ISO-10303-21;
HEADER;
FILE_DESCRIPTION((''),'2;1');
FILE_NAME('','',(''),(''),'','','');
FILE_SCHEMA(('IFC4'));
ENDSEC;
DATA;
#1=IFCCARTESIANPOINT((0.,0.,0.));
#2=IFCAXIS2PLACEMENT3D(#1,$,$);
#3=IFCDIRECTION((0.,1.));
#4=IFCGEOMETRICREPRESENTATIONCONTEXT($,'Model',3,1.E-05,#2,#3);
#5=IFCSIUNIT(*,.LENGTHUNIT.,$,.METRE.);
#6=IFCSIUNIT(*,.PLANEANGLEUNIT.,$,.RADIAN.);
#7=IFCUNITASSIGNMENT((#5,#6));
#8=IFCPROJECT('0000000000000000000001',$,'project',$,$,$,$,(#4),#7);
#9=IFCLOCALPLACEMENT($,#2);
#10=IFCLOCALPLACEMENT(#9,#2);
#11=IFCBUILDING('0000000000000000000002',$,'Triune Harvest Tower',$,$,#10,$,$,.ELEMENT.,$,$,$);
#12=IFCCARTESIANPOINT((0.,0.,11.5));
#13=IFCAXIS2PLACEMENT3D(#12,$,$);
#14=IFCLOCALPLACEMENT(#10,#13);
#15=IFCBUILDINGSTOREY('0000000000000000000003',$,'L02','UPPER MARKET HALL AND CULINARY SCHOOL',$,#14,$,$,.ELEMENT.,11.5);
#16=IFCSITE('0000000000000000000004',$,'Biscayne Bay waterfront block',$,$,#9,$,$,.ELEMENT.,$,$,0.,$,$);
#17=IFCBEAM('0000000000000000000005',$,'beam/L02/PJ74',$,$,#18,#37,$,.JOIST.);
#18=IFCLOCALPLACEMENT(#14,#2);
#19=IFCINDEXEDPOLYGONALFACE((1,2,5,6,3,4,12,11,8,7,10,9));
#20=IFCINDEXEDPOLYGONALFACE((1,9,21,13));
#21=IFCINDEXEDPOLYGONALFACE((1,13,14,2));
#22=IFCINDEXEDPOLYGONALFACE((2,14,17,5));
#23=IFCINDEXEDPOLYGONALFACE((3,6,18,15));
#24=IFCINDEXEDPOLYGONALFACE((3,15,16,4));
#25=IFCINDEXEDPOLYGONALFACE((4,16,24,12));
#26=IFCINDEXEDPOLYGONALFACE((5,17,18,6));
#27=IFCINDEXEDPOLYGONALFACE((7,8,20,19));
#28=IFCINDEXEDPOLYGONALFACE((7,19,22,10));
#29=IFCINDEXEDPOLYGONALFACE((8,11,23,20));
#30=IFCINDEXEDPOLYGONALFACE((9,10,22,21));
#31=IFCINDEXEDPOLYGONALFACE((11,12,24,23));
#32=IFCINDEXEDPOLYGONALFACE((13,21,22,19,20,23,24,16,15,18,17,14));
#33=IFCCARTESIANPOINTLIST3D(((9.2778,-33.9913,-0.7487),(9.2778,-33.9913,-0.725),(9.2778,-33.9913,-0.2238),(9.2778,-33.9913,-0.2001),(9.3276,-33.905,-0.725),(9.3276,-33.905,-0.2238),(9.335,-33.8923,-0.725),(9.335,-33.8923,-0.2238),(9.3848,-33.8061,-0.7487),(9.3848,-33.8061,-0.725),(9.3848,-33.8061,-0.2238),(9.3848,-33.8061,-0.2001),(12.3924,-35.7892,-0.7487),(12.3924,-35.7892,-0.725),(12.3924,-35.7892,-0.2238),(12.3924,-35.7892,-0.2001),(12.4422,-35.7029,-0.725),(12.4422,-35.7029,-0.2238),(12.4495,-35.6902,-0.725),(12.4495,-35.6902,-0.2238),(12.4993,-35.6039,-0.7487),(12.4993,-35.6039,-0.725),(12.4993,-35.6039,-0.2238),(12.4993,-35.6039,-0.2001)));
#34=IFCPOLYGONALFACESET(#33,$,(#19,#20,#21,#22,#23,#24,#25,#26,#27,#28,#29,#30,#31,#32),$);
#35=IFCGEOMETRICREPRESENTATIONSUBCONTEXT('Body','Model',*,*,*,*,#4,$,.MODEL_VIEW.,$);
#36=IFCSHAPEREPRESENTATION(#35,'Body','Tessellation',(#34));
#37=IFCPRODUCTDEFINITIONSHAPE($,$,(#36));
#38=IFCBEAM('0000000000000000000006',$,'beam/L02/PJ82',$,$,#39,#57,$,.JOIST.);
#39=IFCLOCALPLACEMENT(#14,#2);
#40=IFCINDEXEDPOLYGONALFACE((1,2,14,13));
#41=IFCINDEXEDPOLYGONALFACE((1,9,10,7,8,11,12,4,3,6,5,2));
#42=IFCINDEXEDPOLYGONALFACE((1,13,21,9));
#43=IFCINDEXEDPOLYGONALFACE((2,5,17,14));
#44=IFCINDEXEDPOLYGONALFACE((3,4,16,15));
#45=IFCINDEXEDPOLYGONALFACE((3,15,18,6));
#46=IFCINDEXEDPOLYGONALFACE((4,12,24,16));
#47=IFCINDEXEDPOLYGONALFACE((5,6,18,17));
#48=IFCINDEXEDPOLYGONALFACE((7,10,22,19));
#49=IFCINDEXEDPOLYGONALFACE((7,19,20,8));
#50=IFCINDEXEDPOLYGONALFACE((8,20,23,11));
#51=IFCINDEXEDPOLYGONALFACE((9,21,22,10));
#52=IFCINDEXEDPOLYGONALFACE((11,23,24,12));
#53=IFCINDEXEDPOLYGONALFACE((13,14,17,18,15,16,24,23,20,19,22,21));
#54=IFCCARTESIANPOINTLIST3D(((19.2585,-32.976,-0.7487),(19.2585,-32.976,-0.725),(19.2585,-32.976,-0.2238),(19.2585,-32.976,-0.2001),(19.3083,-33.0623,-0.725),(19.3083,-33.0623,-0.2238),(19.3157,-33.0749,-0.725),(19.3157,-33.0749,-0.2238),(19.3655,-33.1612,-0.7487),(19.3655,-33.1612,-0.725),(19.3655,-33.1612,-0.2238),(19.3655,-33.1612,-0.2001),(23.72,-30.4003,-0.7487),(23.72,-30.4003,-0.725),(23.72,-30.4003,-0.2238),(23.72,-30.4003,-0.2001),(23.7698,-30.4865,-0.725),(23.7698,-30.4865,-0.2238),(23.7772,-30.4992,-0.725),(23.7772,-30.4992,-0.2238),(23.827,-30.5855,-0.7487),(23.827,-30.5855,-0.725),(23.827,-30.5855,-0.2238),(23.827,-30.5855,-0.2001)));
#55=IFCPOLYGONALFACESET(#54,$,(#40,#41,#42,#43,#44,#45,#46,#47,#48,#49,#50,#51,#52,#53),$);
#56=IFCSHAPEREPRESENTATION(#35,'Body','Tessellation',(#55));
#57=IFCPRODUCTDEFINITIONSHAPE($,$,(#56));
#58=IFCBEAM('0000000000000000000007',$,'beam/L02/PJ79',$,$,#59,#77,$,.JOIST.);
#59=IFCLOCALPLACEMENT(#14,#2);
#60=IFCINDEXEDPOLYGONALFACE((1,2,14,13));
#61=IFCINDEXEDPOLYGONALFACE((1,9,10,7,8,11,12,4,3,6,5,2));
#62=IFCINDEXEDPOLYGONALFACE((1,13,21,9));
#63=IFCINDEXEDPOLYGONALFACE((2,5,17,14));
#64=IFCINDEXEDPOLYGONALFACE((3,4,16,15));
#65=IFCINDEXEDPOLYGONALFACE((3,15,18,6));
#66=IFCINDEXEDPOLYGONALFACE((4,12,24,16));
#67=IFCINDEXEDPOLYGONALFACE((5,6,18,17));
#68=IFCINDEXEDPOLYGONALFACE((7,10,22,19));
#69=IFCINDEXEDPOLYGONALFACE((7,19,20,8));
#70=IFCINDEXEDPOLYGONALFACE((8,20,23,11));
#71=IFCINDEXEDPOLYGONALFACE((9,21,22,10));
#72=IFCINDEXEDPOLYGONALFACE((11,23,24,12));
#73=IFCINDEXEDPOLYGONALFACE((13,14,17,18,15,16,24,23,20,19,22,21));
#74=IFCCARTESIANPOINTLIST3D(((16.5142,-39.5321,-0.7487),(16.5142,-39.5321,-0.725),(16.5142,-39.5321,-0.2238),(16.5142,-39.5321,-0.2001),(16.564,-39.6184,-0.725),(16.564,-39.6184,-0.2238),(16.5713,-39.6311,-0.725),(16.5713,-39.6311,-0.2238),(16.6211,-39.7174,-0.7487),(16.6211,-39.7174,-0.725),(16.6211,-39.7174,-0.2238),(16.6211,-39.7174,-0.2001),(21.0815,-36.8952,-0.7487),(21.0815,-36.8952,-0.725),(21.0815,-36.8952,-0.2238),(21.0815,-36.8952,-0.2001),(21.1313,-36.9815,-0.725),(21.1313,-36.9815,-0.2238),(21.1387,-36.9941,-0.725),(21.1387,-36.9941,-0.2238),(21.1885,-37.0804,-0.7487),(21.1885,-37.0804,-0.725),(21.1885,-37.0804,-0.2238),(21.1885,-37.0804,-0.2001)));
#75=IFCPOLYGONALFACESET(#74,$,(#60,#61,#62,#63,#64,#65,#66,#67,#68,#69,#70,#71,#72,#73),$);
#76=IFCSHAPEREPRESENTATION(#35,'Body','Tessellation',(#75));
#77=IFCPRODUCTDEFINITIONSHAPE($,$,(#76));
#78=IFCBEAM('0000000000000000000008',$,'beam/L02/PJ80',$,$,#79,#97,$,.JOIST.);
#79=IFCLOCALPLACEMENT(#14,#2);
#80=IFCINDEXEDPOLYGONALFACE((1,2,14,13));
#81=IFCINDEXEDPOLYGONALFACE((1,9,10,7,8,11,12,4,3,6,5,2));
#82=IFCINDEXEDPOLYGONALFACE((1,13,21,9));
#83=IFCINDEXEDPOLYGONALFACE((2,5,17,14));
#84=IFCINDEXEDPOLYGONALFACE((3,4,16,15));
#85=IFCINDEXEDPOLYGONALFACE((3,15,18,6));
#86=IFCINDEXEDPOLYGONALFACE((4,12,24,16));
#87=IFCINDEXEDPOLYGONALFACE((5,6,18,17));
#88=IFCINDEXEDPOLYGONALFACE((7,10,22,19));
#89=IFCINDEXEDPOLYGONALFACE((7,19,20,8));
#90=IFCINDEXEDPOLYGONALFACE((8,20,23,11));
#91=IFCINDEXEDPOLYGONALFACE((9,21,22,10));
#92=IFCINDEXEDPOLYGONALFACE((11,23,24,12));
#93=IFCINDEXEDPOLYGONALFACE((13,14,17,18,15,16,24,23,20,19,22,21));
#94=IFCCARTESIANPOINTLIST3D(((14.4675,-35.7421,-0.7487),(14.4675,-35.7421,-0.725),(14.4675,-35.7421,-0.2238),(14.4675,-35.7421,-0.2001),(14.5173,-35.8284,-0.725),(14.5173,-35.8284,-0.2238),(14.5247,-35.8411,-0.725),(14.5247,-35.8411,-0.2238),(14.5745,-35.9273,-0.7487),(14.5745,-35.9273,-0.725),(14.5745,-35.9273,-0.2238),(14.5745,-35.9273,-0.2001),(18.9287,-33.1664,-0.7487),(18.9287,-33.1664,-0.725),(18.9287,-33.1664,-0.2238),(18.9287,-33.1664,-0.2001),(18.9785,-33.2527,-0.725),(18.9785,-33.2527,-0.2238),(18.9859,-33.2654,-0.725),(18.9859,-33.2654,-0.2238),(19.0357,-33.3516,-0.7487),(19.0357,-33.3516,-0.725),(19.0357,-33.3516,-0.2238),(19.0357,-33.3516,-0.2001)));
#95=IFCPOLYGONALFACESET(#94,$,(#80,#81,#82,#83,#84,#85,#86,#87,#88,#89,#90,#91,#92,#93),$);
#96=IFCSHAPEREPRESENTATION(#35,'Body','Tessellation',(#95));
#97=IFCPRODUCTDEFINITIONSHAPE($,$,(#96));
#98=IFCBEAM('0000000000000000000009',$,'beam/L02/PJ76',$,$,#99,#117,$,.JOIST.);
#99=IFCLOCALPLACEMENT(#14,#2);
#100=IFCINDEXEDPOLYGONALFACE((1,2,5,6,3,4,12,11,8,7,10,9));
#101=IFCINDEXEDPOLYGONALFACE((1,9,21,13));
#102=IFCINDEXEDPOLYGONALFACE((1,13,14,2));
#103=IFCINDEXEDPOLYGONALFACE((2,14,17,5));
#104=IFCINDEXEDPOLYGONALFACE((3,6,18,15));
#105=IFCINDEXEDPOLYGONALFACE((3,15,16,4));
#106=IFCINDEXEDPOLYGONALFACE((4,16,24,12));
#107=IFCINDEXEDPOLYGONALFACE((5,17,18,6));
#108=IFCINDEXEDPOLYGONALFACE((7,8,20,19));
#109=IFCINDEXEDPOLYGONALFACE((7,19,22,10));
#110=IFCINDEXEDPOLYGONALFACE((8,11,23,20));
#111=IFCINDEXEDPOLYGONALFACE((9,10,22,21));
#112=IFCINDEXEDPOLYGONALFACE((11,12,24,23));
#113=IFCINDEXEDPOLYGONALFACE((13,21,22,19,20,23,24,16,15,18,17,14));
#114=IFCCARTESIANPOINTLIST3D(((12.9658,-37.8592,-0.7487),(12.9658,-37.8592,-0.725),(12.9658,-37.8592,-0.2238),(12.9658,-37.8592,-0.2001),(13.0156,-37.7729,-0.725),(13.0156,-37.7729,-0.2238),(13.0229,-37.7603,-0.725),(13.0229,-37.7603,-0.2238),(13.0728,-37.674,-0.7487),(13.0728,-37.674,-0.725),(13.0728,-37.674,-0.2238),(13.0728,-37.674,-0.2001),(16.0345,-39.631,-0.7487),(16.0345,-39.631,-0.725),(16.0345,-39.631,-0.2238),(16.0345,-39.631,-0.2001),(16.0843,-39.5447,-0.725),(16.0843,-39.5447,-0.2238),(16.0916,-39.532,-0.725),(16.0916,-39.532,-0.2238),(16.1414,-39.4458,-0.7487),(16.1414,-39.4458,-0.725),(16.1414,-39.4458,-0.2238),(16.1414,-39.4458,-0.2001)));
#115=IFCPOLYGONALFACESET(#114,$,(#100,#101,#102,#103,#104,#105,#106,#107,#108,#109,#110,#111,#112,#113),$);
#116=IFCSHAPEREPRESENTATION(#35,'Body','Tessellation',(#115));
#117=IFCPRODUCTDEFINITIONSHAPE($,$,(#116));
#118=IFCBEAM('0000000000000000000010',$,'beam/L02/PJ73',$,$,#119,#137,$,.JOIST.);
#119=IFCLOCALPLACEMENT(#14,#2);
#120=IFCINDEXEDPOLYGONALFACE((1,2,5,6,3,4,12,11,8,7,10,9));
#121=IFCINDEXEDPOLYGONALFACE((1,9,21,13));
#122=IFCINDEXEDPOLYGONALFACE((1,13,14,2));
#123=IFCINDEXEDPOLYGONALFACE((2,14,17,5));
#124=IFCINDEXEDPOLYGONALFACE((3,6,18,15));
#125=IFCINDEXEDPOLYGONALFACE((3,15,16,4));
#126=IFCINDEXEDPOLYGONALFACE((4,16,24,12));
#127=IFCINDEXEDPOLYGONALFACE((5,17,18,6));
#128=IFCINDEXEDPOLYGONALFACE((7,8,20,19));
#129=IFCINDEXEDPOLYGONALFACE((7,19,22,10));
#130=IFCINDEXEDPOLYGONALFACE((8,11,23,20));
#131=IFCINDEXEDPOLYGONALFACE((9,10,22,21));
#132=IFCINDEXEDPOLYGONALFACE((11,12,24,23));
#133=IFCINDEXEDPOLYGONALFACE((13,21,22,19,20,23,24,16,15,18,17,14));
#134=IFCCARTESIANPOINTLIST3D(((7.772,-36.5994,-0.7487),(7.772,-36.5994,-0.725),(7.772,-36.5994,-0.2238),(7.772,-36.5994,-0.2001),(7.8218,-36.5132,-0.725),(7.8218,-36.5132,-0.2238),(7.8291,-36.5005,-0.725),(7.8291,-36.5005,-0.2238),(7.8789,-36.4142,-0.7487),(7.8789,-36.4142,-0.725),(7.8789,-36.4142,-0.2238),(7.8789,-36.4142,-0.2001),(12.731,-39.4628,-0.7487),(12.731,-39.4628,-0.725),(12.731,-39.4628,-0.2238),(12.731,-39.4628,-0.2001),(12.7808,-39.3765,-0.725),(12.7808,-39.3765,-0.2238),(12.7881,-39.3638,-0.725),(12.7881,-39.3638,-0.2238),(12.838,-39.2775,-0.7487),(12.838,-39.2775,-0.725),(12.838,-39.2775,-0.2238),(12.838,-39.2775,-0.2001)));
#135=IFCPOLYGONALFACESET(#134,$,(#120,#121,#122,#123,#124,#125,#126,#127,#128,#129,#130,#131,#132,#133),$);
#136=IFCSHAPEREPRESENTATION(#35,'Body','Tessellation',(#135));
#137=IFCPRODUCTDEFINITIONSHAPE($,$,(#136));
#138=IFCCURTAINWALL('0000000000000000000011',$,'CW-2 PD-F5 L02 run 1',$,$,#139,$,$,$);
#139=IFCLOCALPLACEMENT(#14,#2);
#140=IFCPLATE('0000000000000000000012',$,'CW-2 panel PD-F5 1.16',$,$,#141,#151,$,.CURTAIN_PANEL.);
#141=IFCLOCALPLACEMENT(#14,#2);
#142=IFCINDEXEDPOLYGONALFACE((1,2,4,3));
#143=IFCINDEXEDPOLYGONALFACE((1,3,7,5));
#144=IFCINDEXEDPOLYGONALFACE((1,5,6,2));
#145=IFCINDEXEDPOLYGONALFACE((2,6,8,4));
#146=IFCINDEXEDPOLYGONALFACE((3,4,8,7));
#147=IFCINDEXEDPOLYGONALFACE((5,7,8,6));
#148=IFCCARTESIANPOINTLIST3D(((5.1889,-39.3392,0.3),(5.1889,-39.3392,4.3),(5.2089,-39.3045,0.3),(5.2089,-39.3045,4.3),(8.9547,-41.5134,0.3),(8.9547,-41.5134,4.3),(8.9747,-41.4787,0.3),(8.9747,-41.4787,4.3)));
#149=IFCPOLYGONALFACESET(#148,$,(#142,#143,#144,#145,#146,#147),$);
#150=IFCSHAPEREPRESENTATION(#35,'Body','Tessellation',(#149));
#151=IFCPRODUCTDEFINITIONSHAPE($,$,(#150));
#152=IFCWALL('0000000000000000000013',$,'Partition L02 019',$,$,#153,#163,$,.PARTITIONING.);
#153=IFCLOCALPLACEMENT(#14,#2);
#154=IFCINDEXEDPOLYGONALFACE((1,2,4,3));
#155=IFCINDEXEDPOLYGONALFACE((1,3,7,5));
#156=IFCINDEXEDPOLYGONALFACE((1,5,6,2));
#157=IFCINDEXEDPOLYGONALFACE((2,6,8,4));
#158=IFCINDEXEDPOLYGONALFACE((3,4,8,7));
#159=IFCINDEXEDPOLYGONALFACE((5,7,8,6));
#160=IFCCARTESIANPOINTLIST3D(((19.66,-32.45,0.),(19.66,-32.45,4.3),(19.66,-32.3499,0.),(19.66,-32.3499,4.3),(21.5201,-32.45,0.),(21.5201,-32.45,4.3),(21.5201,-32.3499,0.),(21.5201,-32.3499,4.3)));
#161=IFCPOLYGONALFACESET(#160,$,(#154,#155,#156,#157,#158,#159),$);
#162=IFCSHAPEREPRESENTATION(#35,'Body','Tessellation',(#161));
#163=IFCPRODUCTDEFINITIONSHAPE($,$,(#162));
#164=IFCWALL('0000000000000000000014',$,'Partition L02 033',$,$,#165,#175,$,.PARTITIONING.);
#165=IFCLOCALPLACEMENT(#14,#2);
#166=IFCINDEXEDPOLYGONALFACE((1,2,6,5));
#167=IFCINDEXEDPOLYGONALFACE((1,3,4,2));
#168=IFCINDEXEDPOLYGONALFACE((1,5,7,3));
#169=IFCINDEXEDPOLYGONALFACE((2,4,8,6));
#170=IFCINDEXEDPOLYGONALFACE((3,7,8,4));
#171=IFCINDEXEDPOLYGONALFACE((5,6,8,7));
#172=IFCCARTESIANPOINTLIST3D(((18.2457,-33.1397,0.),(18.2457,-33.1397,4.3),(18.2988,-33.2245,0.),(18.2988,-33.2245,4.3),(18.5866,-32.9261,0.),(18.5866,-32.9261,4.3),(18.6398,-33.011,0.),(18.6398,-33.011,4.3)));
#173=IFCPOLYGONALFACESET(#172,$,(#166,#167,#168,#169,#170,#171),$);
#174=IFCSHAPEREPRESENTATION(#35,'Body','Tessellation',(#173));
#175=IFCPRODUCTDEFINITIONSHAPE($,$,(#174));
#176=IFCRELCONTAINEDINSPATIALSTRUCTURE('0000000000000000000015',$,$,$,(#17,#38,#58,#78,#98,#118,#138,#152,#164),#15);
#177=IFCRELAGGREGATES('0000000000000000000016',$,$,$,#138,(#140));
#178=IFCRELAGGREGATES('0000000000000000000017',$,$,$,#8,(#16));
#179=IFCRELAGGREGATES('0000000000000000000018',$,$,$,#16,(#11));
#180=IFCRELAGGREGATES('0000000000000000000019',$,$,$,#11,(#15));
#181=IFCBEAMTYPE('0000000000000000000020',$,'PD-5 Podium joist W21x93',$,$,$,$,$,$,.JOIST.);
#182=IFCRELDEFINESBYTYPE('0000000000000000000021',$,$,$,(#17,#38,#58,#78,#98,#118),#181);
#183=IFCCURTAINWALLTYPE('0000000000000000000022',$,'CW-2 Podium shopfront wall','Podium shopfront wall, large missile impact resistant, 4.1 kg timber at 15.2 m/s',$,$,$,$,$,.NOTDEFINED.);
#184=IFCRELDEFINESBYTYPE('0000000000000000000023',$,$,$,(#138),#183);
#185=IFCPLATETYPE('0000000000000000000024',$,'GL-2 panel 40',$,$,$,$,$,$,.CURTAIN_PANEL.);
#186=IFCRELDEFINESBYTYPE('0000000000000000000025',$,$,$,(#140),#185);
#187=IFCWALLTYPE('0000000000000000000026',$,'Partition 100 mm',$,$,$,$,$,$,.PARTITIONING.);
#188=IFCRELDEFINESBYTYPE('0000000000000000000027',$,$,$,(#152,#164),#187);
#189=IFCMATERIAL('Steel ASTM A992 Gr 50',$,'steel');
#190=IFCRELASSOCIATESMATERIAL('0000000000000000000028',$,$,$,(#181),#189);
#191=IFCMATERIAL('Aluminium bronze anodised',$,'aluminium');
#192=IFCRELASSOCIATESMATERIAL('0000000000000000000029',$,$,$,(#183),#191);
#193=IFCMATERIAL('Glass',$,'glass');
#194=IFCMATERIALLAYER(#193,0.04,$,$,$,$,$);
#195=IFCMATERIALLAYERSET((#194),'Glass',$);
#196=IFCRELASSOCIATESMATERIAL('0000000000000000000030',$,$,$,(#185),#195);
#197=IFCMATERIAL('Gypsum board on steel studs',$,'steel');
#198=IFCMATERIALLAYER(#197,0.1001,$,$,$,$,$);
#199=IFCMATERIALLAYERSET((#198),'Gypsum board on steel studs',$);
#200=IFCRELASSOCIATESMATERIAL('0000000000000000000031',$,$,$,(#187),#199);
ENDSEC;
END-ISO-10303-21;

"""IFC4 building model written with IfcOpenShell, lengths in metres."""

from ifc_helpers import new_model, si_unit, direction, frame, frame_2d, origin, origin_2d, place, context, subcontext, project, spatial, rectangle, i_section, extrude, source, transform, mapped, material, layer, layer_set, material_profile, profile_set, type_object, element, aggregate, save


model = new_model("IFC4")

# Units and contexts
model_context = context("Model", 3, precision=1e-05, world=origin(), true_north=direction((0.0, 1.0)))
body_context = subcontext(model_context, "Body", "Model", "MODEL_VIEW")
ifc_project = project(units=[si_unit("LENGTHUNIT", "METRE"), si_unit("PLANEANGLEUNIT", "RADIAN")], contexts=[model_context])

# Site, building, storey
site_placement = place(None, origin())
site = spatial("IfcSite", under=ifc_project, at=site_placement, Name="Biscayne Bay waterfront block", CompositionType="ELEMENT", RefElevation=0.0)
building_placement = place(site_placement, origin())
building = spatial("IfcBuilding", under=site, at=building_placement, Name="Triune Harvest Tower", CompositionType="ELEMENT")
storey_placement = place(building_placement, frame((0.0, 0.0, 11.5)))
storey = spatial("IfcBuildingStorey", under=building, at=storey_placement, Name="L02", Description="UPPER MARKET HALL AND CULINARY SCHOOL", CompositionType="ELEMENT", Elevation=11.5)

# Beams
ifc_material_1 = material(Name="Steel ASTM A992 Gr 50", Category="steel")
ifc_material_profile_1 = material_profile(ifc_material_1, i_section(OverallWidth=0.2139, OverallDepth=0.5486, WebThickness=0.0146, FlangeThickness=0.0237, at=origin_2d()), Name="W21x93")
ifc_profile_set_1 = profile_set([ifc_material_profile_1], Name="Steel ASTM A992 Gr 50")
beam_type_1 = type_object("IfcBeamType", Name="PD-5 Podium joist W21x93", PredefinedType="JOIST", material=ifc_profile_set_1)
shared_shape_1 = source(origin(), body_context, "Body", "SweptSolid", [
    extrude(i_section(OverallWidth=0.2139, OverallDepth=0.5486, WebThickness=0.0146, FlangeThickness=0.0237, at=origin_2d()), origin(), (0.0, 0.0, 1.0), 3.5962),
])
beam_1_placement = place(storey_placement, frame((9.3313, -33.8987, -0.4744), z_axis=(0.866062, -0.499936, 0.0), x_axis=(0.499936, 0.866062, 0.0)))
element("IfcBeam", 1, at=beam_1_placement, inside=storey, type_object=beam_type_1, Name="beam/L02/PJ74", PredefinedType="JOIST", context=body_context, shape_type="MappedRepresentation", body=[
    mapped(shared_shape_1, transform((0.0, 0.0, 0.0), scale=1.0)),
])
shared_shape_2 = source(origin(), body_context, "Body", "SweptSolid", [
    extrude(i_section(OverallWidth=0.2139, OverallDepth=0.5486, WebThickness=0.0146, FlangeThickness=0.0237, at=origin_2d()), origin(), (0.0, 0.0, 1.0), 5.1516),
])
beam_2_placement = place(storey_placement, frame((19.312, -33.0686, -0.4744), z_axis=(0.866036, 0.499982, 0.0), x_axis=(-0.499982, 0.866036, 0.0)))
element("IfcBeam", 2, at=beam_2_placement, inside=storey, type_object=beam_type_1, Name="beam/L02/PJ82", PredefinedType="JOIST", context=body_context, shape_type="MappedRepresentation", body=[
    mapped(shared_shape_2, transform((0.0, 0.0, 0.0), scale=1.0)),
])
shared_shape_3 = source(origin(), body_context, "Body", "SweptSolid", [
    extrude(i_section(OverallWidth=0.2139, OverallDepth=0.5486, WebThickness=0.0146, FlangeThickness=0.0237, at=origin_2d()), origin(), (0.0, 0.0, 1.0), 5.2739),
])
beam_3_placement = place(storey_placement, frame((16.5676, -39.6248, -0.4744), z_axis=(0.866027, 0.499998, 0.0), x_axis=(-0.499998, 0.866027, 0.0)))
element("IfcBeam", 3, at=beam_3_placement, inside=storey, type_object=beam_type_1, Name="beam/L02/PJ79", PredefinedType="JOIST", context=body_context, shape_type="MappedRepresentation", body=[
    mapped(shared_shape_3, transform((0.0, 0.0, 0.0), scale=1.0)),
])
shared_shape_4 = source(origin(), body_context, "Body", "SweptSolid", [
    extrude(i_section(OverallWidth=0.2139, OverallDepth=0.5486, WebThickness=0.0146, FlangeThickness=0.0237, at=origin_2d()), origin(), (0.0, 0.0, 1.0), 5.1514),
])
beam_4_placement = place(storey_placement, frame((14.521, -35.8347, -0.4744), z_axis=(0.866024, 0.500003, 0.0), x_axis=(-0.500003, 0.866024, 0.0)))
element("IfcBeam", 4, at=beam_4_placement, inside=storey, type_object=beam_type_1, Name="beam/L02/PJ80", PredefinedType="JOIST", context=body_context, shape_type="MappedRepresentation", body=[
    mapped(shared_shape_4, transform((0.0, 0.0, 0.0), scale=1.0)),
])
shared_shape_5 = source(origin(), body_context, "Body", "SweptSolid", [
    extrude(i_section(OverallWidth=0.2139, OverallDepth=0.5486, WebThickness=0.0146, FlangeThickness=0.0237, at=origin_2d()), origin(), (0.0, 0.0, 1.0), 3.5435),
])
beam_5_placement = place(storey_placement, frame((13.0193, -37.7666, -0.4744), z_axis=(0.866017, -0.500015, 0.0), x_axis=(0.500015, 0.866017, 0.0)))
element("IfcBeam", 5, at=beam_5_placement, inside=storey, type_object=beam_type_1, Name="beam/L02/PJ76", PredefinedType="JOIST", context=body_context, shape_type="MappedRepresentation", body=[
    mapped(shared_shape_5, transform((0.0, 0.0, 0.0), scale=1.0)),
])
shared_shape_6 = source(origin(), body_context, "Body", "SweptSolid", [
    extrude(i_section(OverallWidth=0.2139, OverallDepth=0.5486, WebThickness=0.0146, FlangeThickness=0.0237, at=origin_2d()), origin(), (0.0, 0.0, 1.0), 5.7263),
])
beam_6_placement = place(storey_placement, frame((7.8254, -36.5068, -0.4744), z_axis=(0.86601, -0.500028, 0.0), x_axis=(0.500028, 0.86601, 0.0)))
element("IfcBeam", 6, at=beam_6_placement, inside=storey, type_object=beam_type_1, Name="beam/L02/PJ73", PredefinedType="JOIST", context=body_context, shape_type="MappedRepresentation", body=[
    mapped(shared_shape_6, transform((0.0, 0.0, 0.0), scale=1.0)),
])

# Curtain wall, plate
ifc_material_2 = material(Name="Aluminium bronze anodised", Category="aluminium")
curtain_wall_type = type_object("IfcCurtainWallType", Name="CW-2 Podium shopfront wall", Description="Podium shopfront wall, large missile impact resistant, 4.1 kg timber at 15.2 m/s", PredefinedType="NOTDEFINED", material=ifc_material_2)
curtain_wall_placement = place(storey_placement, origin())
curtain_wall = element("IfcCurtainWall", 7, at=curtain_wall_placement, inside=storey, type_object=curtain_wall_type, Name="CW-2 PD-F5 L02 run 1")
ifc_material_3 = material(Name="Glass", Category="glass")
ifc_layer_1 = layer(ifc_material_3, 0.04)
ifc_layer_set_1 = layer_set([ifc_layer_1], Name="Glass")
plate_type = type_object("IfcPlateType", Name="GL-2 panel 40", PredefinedType="CURTAIN_PANEL", material=ifc_layer_set_1)
shared_shape_7 = source(origin(), body_context, "Body", "SweptSolid", [
    extrude(rectangle(XDim=4.3484, YDim=0.04, at=origin_2d()), origin(), (0.0, 0.0, 1.0), 4.0),
])
plate_placement = place(storey_placement, frame((7.0818, -40.4089, 0.3), z_axis=(0.0, 0.0, 1.0), x_axis=(0.866025, -0.5, 0.0)))
plate = element("IfcPlate", 8, at=plate_placement, type_object=plate_type, Name="CW-2 panel PD-F5 1.16", PredefinedType="CURTAIN_PANEL", context=body_context, shape_type="MappedRepresentation", body=[
    mapped(shared_shape_7, transform((0.0, 0.0, 0.0), scale=1.0)),
])
aggregate(curtain_wall, [plate])

# Walls
ifc_material_4 = material(Name="Gypsum board on steel studs", Category="steel")
ifc_layer_2 = layer(ifc_material_4, 0.1001)
ifc_layer_set_2 = layer_set([ifc_layer_2], Name="Gypsum board on steel studs")
wall_type = type_object("IfcWallType", Name="Partition 100 mm", PredefinedType="PARTITIONING", material=ifc_layer_set_2)
wall_1_placement = place(storey_placement, frame((19.6599, -32.3999, 0.0), z_axis=(0.0, 0.0, 1.0), x_axis=(1.0, 0.0, 0.0)))
element("IfcWall", 9, at=wall_1_placement, inside=storey, type_object=wall_type, Name="Partition L02 019", PredefinedType="PARTITIONING", context=body_context, shape_type="SweptSolid", body=[
    extrude(rectangle(XDim=1.8601, YDim=0.1001, at=frame_2d((0.9302, 0.0))), origin(), (0.0, 0.0, 1.0), 4.3),
])
wall_2_placement = place(storey_placement, frame((18.2722, -33.1821, 0.0), z_axis=(0.0, 0.0, 1.0), x_axis=(0.847487, 0.530817, 0.0)))
element("IfcWall", 10, at=wall_2_placement, inside=storey, type_object=wall_type, Name="Partition L02 033", PredefinedType="PARTITIONING", context=body_context, shape_type="SweptSolid", body=[
    extrude(rectangle(XDim=0.4023, YDim=0.1001, at=frame_2d((0.2012, 0.0))), origin(), (0.0, 0.0, 1.0), 4.3),
])

save(model, "model.ifc")
